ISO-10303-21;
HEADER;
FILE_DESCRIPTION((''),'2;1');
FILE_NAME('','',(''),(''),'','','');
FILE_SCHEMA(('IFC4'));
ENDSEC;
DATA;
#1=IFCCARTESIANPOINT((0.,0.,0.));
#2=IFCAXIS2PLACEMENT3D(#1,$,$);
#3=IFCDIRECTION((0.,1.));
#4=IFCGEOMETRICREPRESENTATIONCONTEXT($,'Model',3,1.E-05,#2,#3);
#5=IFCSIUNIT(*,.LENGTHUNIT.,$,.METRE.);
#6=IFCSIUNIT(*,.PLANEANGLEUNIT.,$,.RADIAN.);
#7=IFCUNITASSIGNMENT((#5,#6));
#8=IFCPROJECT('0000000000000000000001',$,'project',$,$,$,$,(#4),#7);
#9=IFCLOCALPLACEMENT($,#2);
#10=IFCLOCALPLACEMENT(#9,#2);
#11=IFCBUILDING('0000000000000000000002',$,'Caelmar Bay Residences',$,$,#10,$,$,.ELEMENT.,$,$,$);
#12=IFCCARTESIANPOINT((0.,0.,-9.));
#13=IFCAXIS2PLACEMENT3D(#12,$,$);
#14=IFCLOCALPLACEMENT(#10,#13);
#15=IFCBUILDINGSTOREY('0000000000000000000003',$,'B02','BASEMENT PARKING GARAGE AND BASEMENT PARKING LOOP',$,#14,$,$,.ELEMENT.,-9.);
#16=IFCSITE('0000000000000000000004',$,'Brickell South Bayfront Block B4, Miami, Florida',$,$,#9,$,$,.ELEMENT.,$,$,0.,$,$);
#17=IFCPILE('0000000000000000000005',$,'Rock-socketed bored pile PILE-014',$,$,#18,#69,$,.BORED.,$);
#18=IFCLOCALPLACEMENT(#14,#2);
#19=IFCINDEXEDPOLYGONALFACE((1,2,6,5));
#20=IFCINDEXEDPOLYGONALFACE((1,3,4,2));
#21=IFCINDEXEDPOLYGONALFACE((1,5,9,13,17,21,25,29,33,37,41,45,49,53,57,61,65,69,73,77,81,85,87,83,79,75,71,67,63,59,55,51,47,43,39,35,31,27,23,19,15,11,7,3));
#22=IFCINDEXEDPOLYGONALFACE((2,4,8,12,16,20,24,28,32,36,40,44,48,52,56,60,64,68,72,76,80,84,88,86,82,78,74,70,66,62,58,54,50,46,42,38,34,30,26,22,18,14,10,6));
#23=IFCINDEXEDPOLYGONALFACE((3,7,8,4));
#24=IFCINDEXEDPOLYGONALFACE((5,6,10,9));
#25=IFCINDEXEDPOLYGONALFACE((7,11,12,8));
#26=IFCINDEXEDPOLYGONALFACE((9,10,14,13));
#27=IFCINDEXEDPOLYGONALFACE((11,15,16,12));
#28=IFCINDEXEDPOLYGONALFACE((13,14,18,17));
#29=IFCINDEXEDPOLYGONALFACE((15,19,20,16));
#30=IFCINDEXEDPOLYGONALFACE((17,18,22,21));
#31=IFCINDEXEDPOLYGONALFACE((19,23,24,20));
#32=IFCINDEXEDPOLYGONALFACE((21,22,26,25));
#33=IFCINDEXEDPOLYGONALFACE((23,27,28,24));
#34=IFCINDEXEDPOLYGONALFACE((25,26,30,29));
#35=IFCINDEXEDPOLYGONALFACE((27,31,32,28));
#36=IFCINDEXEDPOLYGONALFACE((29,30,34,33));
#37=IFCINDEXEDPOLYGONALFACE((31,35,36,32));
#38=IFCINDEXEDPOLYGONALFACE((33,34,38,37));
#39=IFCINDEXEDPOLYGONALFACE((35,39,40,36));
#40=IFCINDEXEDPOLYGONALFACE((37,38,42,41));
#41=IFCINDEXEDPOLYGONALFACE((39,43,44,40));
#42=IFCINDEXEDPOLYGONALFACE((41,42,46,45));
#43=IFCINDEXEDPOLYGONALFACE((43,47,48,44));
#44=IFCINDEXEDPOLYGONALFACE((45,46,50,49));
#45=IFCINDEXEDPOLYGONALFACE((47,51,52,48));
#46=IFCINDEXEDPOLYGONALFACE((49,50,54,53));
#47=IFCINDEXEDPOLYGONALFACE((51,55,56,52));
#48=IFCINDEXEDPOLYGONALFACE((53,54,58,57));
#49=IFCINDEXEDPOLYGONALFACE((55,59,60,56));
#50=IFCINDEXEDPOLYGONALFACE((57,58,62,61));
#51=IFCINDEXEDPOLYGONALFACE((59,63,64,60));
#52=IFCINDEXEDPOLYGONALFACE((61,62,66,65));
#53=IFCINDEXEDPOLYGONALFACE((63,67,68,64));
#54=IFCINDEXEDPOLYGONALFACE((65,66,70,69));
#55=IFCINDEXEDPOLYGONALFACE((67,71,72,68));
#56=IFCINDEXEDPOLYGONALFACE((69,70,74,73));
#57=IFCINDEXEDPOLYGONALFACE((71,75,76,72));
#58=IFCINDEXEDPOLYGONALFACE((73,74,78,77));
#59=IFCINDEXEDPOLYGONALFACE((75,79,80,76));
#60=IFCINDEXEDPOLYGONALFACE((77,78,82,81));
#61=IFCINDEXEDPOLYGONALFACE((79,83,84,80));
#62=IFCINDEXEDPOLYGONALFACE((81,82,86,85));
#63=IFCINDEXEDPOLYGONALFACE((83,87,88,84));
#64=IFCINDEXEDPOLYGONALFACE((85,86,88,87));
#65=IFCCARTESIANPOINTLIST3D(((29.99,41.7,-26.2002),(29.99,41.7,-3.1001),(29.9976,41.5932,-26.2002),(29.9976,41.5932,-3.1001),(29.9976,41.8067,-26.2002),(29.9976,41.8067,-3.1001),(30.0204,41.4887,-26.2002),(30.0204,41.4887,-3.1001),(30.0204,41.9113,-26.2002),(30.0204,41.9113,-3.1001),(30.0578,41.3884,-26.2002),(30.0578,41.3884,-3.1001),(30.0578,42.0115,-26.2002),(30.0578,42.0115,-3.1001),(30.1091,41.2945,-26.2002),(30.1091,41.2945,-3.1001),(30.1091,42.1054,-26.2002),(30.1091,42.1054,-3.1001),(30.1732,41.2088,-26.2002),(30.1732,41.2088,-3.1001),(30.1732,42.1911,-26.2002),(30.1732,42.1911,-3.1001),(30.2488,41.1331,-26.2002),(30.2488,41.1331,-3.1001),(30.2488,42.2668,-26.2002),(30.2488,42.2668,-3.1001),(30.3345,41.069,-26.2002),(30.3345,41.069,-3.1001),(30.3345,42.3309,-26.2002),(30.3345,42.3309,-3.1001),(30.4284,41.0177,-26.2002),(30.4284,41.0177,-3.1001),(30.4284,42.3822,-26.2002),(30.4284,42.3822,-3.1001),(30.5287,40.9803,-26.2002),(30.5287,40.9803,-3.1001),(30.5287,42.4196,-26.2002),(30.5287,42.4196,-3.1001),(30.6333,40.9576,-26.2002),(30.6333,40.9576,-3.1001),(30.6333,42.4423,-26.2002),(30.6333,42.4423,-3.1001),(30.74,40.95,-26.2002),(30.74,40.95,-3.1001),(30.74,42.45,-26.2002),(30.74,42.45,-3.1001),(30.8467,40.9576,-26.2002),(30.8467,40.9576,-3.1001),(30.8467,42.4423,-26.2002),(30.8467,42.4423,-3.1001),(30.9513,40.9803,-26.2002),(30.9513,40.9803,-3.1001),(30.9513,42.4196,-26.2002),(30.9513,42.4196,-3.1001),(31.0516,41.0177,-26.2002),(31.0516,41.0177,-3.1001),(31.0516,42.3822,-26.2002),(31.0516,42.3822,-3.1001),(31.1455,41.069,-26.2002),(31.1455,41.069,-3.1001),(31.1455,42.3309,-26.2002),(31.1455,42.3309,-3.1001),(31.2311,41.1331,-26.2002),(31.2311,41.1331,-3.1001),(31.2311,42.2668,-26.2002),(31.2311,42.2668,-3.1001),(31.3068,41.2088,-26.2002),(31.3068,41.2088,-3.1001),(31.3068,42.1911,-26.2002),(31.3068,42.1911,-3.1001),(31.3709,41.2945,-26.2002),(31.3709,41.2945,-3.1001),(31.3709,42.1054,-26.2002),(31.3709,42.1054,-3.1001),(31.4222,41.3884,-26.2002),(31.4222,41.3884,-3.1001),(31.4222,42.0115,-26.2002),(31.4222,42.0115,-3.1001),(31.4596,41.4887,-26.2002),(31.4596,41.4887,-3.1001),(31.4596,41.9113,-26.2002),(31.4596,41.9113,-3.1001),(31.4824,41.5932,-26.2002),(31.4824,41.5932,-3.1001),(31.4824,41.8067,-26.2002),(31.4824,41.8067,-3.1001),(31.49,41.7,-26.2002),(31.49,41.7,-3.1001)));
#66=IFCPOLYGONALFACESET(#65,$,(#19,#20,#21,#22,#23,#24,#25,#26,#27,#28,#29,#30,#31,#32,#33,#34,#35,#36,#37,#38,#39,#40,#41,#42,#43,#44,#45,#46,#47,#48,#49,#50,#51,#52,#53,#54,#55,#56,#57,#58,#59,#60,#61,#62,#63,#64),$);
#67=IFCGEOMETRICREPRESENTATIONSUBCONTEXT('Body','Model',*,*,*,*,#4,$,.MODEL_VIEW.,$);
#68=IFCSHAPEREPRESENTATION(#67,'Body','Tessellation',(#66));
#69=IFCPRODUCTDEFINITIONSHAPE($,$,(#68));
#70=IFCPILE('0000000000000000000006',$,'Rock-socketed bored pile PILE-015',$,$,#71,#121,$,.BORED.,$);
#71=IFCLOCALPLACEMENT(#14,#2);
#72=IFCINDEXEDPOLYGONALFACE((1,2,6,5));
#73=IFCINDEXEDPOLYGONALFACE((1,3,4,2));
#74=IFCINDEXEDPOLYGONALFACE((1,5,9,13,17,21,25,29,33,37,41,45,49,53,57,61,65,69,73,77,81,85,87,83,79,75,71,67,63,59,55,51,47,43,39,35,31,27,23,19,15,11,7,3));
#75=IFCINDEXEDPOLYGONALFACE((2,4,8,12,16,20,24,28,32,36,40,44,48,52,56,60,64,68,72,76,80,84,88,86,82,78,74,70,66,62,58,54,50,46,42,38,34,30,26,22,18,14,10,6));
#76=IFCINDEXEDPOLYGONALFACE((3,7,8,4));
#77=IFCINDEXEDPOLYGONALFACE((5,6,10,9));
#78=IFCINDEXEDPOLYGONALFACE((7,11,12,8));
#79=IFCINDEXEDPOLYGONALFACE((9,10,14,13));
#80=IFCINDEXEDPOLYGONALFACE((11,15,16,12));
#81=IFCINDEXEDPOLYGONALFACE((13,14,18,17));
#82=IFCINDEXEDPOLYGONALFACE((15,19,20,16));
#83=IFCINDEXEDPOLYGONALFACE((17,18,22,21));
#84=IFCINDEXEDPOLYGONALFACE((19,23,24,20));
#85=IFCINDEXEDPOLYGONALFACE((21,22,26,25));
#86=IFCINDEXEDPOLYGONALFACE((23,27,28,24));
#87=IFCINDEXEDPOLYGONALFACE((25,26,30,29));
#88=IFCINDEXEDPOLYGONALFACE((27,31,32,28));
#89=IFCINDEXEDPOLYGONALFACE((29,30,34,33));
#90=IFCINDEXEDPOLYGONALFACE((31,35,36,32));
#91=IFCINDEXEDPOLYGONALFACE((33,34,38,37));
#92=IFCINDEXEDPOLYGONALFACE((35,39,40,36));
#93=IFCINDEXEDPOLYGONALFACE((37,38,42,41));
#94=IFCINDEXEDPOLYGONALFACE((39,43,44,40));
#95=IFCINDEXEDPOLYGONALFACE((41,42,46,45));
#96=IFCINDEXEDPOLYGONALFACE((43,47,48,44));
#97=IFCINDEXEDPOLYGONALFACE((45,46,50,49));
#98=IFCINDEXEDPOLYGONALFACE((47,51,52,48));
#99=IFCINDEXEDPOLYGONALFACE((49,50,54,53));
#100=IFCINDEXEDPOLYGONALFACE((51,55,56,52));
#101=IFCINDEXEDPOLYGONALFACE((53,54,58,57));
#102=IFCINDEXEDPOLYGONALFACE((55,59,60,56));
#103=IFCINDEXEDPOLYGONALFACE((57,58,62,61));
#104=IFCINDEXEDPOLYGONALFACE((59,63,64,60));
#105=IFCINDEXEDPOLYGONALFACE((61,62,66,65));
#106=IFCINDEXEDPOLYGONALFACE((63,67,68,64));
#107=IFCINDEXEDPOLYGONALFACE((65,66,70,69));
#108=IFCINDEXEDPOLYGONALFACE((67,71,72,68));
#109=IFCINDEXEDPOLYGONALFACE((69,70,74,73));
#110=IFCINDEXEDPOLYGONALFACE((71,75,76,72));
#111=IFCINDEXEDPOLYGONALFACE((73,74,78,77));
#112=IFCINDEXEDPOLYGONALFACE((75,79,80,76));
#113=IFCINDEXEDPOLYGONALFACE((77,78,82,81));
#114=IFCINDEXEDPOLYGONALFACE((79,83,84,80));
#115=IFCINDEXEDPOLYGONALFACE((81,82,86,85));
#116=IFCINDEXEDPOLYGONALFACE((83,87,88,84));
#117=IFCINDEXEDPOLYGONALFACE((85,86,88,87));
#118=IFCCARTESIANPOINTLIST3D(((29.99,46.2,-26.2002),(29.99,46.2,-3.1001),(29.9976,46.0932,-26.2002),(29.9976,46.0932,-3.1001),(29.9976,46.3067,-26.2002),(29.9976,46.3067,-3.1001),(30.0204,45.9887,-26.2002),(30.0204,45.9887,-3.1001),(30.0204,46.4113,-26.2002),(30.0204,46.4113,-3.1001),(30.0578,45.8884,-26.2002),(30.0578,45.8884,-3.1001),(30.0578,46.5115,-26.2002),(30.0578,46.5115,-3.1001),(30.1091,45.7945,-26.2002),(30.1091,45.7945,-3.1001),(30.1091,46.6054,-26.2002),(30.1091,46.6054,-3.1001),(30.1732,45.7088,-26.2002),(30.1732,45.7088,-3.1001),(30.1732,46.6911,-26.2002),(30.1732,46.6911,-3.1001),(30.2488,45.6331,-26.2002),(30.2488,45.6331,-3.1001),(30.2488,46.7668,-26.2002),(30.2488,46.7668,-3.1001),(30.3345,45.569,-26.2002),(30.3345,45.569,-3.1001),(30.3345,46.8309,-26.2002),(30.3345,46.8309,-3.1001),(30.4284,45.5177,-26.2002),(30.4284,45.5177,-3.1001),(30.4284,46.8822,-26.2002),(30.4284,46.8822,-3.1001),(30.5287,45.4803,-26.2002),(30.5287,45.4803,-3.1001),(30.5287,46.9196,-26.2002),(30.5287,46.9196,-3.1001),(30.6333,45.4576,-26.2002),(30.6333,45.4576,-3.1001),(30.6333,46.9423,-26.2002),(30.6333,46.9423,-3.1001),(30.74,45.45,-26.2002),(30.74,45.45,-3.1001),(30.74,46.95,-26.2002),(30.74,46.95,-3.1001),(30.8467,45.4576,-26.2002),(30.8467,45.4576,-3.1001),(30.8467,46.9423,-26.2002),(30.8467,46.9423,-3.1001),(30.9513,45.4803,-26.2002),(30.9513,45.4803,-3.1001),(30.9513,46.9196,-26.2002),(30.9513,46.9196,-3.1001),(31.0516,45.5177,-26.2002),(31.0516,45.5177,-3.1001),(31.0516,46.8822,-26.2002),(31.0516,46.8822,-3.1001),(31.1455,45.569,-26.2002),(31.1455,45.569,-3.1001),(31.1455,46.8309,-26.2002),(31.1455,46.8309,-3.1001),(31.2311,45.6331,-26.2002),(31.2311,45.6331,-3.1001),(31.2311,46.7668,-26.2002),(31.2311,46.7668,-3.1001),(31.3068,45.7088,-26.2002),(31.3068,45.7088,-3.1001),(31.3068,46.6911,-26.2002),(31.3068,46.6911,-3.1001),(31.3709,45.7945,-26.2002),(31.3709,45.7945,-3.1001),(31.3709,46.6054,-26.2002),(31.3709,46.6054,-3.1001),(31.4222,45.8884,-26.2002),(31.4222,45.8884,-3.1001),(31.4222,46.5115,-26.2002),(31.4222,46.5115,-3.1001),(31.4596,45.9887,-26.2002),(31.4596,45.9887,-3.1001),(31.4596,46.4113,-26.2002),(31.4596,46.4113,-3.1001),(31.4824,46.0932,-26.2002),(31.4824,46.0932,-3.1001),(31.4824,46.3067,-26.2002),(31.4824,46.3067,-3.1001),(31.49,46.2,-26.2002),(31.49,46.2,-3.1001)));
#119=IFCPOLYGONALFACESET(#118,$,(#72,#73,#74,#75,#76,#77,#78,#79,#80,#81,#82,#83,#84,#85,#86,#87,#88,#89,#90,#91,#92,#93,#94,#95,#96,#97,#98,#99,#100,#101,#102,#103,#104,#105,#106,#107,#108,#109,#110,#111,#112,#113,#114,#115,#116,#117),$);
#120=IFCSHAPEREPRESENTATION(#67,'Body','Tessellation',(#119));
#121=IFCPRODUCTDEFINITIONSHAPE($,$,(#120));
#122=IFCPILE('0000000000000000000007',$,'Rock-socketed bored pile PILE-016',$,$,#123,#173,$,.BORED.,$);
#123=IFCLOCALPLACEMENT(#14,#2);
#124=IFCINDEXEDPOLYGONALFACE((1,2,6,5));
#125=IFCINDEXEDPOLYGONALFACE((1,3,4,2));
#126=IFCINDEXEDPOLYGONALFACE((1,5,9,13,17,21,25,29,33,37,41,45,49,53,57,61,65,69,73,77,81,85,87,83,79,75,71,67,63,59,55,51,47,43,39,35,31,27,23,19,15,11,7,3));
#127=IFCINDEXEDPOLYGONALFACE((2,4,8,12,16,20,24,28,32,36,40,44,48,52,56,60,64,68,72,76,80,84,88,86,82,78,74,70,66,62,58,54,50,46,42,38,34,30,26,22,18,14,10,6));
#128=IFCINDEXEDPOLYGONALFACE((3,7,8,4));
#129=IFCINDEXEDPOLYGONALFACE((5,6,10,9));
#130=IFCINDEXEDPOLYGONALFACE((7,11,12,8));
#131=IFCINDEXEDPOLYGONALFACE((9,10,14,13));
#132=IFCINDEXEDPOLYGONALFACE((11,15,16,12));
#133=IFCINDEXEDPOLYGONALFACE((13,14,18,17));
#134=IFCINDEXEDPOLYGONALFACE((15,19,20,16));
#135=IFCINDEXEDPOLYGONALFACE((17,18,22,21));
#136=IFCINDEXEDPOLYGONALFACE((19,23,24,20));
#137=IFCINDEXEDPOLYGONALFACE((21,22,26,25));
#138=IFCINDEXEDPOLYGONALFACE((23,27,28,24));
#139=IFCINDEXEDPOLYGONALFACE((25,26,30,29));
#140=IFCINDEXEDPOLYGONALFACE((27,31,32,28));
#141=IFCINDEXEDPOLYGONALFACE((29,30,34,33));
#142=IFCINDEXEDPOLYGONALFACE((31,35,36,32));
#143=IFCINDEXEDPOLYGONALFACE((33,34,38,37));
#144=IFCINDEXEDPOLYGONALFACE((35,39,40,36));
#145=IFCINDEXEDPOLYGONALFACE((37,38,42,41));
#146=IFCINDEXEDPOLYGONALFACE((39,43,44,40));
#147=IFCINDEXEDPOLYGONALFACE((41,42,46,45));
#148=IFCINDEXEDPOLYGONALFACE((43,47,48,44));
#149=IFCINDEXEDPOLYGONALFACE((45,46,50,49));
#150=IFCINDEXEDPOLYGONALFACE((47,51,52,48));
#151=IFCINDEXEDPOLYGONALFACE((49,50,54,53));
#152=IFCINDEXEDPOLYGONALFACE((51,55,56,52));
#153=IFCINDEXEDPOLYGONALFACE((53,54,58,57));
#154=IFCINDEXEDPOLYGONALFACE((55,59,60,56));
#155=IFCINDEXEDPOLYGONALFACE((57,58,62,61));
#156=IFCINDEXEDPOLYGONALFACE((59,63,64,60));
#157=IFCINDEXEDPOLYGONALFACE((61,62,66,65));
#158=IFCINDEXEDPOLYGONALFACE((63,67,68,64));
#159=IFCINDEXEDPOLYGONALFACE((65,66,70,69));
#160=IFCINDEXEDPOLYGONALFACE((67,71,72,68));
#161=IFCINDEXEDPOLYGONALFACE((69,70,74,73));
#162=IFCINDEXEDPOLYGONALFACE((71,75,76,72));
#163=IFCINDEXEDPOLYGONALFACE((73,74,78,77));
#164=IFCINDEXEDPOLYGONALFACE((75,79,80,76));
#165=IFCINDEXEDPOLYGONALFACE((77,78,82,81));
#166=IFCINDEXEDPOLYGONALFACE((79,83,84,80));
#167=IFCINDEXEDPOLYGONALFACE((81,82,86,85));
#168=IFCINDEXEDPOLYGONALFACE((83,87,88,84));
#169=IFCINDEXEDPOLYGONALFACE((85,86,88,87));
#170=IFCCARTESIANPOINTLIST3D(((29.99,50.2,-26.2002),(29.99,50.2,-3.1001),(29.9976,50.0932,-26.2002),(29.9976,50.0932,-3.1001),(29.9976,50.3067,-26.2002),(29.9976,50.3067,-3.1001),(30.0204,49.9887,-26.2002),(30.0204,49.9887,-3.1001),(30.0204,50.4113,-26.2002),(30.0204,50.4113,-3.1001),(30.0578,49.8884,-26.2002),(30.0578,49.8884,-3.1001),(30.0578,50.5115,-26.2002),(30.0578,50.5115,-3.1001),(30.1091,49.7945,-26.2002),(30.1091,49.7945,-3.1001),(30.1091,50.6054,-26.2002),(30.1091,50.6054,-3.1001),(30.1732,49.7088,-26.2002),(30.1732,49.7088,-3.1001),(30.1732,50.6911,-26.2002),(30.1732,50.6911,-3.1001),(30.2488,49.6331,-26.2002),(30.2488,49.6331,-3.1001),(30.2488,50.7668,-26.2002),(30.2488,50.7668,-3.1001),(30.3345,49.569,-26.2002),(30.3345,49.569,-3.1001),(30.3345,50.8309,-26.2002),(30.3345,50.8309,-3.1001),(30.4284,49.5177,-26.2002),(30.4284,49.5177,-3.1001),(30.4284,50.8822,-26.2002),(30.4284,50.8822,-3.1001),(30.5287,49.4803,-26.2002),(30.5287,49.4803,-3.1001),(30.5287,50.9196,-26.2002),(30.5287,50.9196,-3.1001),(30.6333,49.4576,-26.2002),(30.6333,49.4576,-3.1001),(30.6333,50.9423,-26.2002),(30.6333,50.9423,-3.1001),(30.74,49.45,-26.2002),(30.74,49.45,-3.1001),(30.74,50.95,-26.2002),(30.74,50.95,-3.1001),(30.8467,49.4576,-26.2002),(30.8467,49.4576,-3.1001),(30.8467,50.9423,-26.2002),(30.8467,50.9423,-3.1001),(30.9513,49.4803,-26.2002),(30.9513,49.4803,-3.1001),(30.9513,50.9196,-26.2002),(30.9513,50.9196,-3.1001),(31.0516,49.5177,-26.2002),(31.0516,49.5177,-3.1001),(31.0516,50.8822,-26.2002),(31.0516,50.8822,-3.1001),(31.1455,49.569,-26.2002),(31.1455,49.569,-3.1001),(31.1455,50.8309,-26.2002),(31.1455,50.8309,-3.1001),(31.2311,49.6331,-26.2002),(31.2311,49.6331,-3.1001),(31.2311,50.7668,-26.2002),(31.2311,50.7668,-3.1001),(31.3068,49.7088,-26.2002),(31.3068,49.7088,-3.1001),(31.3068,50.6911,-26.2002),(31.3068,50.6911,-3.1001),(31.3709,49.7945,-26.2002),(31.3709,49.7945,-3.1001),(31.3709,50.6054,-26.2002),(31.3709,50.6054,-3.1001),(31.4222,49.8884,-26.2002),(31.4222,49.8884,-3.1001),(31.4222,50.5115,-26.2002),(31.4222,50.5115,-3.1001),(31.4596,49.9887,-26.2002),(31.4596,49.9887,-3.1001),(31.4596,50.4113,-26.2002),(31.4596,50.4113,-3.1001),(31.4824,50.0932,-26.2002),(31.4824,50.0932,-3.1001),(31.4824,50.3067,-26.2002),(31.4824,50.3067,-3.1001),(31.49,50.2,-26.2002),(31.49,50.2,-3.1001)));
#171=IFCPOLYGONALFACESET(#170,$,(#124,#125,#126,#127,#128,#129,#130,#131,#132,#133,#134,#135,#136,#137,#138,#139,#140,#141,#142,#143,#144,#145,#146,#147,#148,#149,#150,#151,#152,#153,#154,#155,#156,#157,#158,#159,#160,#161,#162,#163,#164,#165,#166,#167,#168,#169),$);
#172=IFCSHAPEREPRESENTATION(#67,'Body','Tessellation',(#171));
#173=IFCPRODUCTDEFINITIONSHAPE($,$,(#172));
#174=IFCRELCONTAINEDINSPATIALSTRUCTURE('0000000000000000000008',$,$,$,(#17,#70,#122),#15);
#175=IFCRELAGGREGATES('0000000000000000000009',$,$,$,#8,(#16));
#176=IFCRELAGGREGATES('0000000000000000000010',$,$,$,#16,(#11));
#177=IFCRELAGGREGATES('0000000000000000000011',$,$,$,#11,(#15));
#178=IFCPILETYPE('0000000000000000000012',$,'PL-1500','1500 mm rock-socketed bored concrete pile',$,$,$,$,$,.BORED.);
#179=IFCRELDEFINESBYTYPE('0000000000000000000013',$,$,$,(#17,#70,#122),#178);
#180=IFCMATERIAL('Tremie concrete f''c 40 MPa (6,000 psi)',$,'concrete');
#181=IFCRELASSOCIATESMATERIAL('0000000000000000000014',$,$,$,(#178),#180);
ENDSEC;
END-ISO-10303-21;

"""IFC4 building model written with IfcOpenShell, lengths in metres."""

from ifc_helpers import new_model, si_unit, direction, frame, origin, origin_2d, place, context, subcontext, project, spatial, circle, extrude, material, material_profile, profile_set, type_object, element, save


model = new_model("IFC4")

# Units and contexts
model_context = context("Model", 3, precision=1e-05, world=origin(), true_north=direction((0.0, 1.0)))
body_context = subcontext(model_context, "Body", "Model", "MODEL_VIEW")
ifc_project = project(units=[si_unit("LENGTHUNIT", "METRE"), si_unit("PLANEANGLEUNIT", "RADIAN")], contexts=[model_context])

# Site, building, storey
site_placement = place(None, origin())
site = spatial("IfcSite", under=ifc_project, at=site_placement, Name="Brickell South Bayfront Block B4, Miami, Florida", CompositionType="ELEMENT", RefElevation=0.0)
building_placement = place(site_placement, origin())
building = spatial("IfcBuilding", under=site, at=building_placement, Name="Caelmar Bay Residences", CompositionType="ELEMENT")
storey_placement = place(building_placement, frame((0.0, 0.0, -9.0)))
storey = spatial("IfcBuildingStorey", under=building, at=storey_placement, Name="B02", Description="BASEMENT PARKING GARAGE AND BASEMENT PARKING LOOP", CompositionType="ELEMENT", Elevation=-9.0)

# Piles
ifc_material_1 = material(Name="Tremie concrete f'c 40 MPa (6,000 psi)", Category="concrete")
ifc_material_profile = material_profile(ifc_material_1, circle(Radius=0.75, at=origin_2d()), Name="PILE-1500D")
ifc_profile_set = profile_set([ifc_material_profile], Name="Tremie concrete f'c 40 MPa (6,000 psi)")
pile_type = type_object("IfcPileType", Name="PL-1500", Description="1500 mm rock-socketed bored concrete pile", PredefinedType="BORED", material=ifc_profile_set)
for number, where, z_axis, x_axis, name in (
    (1, (30.74, 41.7, -3.1001), (0.0, 0.0, -1.0), (1.0, 0.0, 0.0), "Rock-socketed bored pile PILE-014"),
    (2, (30.74, 46.2, -3.1001), (0.0, 0.0, -1.0), (1.0, 0.0, 0.0), "Rock-socketed bored pile PILE-015"),
    (3, (30.74, 50.2, -3.1001), (0.0, 0.0, -1.0), (1.0, 0.0, 0.0), "Rock-socketed bored pile PILE-016"),
):
    element("IfcPile", number, at=place(storey_placement, frame(where, z_axis=z_axis, x_axis=x_axis)), inside=storey, type_object=pile_type, Name=name, PredefinedType="BORED", context=body_context, shape_type="SweptSolid", body=[
        extrude(circle(Radius=0.75, at=origin_2d()), origin(), (0.0, 0.0, 1.0), 23.1001),
    ])

save(model, "model.ifc")
